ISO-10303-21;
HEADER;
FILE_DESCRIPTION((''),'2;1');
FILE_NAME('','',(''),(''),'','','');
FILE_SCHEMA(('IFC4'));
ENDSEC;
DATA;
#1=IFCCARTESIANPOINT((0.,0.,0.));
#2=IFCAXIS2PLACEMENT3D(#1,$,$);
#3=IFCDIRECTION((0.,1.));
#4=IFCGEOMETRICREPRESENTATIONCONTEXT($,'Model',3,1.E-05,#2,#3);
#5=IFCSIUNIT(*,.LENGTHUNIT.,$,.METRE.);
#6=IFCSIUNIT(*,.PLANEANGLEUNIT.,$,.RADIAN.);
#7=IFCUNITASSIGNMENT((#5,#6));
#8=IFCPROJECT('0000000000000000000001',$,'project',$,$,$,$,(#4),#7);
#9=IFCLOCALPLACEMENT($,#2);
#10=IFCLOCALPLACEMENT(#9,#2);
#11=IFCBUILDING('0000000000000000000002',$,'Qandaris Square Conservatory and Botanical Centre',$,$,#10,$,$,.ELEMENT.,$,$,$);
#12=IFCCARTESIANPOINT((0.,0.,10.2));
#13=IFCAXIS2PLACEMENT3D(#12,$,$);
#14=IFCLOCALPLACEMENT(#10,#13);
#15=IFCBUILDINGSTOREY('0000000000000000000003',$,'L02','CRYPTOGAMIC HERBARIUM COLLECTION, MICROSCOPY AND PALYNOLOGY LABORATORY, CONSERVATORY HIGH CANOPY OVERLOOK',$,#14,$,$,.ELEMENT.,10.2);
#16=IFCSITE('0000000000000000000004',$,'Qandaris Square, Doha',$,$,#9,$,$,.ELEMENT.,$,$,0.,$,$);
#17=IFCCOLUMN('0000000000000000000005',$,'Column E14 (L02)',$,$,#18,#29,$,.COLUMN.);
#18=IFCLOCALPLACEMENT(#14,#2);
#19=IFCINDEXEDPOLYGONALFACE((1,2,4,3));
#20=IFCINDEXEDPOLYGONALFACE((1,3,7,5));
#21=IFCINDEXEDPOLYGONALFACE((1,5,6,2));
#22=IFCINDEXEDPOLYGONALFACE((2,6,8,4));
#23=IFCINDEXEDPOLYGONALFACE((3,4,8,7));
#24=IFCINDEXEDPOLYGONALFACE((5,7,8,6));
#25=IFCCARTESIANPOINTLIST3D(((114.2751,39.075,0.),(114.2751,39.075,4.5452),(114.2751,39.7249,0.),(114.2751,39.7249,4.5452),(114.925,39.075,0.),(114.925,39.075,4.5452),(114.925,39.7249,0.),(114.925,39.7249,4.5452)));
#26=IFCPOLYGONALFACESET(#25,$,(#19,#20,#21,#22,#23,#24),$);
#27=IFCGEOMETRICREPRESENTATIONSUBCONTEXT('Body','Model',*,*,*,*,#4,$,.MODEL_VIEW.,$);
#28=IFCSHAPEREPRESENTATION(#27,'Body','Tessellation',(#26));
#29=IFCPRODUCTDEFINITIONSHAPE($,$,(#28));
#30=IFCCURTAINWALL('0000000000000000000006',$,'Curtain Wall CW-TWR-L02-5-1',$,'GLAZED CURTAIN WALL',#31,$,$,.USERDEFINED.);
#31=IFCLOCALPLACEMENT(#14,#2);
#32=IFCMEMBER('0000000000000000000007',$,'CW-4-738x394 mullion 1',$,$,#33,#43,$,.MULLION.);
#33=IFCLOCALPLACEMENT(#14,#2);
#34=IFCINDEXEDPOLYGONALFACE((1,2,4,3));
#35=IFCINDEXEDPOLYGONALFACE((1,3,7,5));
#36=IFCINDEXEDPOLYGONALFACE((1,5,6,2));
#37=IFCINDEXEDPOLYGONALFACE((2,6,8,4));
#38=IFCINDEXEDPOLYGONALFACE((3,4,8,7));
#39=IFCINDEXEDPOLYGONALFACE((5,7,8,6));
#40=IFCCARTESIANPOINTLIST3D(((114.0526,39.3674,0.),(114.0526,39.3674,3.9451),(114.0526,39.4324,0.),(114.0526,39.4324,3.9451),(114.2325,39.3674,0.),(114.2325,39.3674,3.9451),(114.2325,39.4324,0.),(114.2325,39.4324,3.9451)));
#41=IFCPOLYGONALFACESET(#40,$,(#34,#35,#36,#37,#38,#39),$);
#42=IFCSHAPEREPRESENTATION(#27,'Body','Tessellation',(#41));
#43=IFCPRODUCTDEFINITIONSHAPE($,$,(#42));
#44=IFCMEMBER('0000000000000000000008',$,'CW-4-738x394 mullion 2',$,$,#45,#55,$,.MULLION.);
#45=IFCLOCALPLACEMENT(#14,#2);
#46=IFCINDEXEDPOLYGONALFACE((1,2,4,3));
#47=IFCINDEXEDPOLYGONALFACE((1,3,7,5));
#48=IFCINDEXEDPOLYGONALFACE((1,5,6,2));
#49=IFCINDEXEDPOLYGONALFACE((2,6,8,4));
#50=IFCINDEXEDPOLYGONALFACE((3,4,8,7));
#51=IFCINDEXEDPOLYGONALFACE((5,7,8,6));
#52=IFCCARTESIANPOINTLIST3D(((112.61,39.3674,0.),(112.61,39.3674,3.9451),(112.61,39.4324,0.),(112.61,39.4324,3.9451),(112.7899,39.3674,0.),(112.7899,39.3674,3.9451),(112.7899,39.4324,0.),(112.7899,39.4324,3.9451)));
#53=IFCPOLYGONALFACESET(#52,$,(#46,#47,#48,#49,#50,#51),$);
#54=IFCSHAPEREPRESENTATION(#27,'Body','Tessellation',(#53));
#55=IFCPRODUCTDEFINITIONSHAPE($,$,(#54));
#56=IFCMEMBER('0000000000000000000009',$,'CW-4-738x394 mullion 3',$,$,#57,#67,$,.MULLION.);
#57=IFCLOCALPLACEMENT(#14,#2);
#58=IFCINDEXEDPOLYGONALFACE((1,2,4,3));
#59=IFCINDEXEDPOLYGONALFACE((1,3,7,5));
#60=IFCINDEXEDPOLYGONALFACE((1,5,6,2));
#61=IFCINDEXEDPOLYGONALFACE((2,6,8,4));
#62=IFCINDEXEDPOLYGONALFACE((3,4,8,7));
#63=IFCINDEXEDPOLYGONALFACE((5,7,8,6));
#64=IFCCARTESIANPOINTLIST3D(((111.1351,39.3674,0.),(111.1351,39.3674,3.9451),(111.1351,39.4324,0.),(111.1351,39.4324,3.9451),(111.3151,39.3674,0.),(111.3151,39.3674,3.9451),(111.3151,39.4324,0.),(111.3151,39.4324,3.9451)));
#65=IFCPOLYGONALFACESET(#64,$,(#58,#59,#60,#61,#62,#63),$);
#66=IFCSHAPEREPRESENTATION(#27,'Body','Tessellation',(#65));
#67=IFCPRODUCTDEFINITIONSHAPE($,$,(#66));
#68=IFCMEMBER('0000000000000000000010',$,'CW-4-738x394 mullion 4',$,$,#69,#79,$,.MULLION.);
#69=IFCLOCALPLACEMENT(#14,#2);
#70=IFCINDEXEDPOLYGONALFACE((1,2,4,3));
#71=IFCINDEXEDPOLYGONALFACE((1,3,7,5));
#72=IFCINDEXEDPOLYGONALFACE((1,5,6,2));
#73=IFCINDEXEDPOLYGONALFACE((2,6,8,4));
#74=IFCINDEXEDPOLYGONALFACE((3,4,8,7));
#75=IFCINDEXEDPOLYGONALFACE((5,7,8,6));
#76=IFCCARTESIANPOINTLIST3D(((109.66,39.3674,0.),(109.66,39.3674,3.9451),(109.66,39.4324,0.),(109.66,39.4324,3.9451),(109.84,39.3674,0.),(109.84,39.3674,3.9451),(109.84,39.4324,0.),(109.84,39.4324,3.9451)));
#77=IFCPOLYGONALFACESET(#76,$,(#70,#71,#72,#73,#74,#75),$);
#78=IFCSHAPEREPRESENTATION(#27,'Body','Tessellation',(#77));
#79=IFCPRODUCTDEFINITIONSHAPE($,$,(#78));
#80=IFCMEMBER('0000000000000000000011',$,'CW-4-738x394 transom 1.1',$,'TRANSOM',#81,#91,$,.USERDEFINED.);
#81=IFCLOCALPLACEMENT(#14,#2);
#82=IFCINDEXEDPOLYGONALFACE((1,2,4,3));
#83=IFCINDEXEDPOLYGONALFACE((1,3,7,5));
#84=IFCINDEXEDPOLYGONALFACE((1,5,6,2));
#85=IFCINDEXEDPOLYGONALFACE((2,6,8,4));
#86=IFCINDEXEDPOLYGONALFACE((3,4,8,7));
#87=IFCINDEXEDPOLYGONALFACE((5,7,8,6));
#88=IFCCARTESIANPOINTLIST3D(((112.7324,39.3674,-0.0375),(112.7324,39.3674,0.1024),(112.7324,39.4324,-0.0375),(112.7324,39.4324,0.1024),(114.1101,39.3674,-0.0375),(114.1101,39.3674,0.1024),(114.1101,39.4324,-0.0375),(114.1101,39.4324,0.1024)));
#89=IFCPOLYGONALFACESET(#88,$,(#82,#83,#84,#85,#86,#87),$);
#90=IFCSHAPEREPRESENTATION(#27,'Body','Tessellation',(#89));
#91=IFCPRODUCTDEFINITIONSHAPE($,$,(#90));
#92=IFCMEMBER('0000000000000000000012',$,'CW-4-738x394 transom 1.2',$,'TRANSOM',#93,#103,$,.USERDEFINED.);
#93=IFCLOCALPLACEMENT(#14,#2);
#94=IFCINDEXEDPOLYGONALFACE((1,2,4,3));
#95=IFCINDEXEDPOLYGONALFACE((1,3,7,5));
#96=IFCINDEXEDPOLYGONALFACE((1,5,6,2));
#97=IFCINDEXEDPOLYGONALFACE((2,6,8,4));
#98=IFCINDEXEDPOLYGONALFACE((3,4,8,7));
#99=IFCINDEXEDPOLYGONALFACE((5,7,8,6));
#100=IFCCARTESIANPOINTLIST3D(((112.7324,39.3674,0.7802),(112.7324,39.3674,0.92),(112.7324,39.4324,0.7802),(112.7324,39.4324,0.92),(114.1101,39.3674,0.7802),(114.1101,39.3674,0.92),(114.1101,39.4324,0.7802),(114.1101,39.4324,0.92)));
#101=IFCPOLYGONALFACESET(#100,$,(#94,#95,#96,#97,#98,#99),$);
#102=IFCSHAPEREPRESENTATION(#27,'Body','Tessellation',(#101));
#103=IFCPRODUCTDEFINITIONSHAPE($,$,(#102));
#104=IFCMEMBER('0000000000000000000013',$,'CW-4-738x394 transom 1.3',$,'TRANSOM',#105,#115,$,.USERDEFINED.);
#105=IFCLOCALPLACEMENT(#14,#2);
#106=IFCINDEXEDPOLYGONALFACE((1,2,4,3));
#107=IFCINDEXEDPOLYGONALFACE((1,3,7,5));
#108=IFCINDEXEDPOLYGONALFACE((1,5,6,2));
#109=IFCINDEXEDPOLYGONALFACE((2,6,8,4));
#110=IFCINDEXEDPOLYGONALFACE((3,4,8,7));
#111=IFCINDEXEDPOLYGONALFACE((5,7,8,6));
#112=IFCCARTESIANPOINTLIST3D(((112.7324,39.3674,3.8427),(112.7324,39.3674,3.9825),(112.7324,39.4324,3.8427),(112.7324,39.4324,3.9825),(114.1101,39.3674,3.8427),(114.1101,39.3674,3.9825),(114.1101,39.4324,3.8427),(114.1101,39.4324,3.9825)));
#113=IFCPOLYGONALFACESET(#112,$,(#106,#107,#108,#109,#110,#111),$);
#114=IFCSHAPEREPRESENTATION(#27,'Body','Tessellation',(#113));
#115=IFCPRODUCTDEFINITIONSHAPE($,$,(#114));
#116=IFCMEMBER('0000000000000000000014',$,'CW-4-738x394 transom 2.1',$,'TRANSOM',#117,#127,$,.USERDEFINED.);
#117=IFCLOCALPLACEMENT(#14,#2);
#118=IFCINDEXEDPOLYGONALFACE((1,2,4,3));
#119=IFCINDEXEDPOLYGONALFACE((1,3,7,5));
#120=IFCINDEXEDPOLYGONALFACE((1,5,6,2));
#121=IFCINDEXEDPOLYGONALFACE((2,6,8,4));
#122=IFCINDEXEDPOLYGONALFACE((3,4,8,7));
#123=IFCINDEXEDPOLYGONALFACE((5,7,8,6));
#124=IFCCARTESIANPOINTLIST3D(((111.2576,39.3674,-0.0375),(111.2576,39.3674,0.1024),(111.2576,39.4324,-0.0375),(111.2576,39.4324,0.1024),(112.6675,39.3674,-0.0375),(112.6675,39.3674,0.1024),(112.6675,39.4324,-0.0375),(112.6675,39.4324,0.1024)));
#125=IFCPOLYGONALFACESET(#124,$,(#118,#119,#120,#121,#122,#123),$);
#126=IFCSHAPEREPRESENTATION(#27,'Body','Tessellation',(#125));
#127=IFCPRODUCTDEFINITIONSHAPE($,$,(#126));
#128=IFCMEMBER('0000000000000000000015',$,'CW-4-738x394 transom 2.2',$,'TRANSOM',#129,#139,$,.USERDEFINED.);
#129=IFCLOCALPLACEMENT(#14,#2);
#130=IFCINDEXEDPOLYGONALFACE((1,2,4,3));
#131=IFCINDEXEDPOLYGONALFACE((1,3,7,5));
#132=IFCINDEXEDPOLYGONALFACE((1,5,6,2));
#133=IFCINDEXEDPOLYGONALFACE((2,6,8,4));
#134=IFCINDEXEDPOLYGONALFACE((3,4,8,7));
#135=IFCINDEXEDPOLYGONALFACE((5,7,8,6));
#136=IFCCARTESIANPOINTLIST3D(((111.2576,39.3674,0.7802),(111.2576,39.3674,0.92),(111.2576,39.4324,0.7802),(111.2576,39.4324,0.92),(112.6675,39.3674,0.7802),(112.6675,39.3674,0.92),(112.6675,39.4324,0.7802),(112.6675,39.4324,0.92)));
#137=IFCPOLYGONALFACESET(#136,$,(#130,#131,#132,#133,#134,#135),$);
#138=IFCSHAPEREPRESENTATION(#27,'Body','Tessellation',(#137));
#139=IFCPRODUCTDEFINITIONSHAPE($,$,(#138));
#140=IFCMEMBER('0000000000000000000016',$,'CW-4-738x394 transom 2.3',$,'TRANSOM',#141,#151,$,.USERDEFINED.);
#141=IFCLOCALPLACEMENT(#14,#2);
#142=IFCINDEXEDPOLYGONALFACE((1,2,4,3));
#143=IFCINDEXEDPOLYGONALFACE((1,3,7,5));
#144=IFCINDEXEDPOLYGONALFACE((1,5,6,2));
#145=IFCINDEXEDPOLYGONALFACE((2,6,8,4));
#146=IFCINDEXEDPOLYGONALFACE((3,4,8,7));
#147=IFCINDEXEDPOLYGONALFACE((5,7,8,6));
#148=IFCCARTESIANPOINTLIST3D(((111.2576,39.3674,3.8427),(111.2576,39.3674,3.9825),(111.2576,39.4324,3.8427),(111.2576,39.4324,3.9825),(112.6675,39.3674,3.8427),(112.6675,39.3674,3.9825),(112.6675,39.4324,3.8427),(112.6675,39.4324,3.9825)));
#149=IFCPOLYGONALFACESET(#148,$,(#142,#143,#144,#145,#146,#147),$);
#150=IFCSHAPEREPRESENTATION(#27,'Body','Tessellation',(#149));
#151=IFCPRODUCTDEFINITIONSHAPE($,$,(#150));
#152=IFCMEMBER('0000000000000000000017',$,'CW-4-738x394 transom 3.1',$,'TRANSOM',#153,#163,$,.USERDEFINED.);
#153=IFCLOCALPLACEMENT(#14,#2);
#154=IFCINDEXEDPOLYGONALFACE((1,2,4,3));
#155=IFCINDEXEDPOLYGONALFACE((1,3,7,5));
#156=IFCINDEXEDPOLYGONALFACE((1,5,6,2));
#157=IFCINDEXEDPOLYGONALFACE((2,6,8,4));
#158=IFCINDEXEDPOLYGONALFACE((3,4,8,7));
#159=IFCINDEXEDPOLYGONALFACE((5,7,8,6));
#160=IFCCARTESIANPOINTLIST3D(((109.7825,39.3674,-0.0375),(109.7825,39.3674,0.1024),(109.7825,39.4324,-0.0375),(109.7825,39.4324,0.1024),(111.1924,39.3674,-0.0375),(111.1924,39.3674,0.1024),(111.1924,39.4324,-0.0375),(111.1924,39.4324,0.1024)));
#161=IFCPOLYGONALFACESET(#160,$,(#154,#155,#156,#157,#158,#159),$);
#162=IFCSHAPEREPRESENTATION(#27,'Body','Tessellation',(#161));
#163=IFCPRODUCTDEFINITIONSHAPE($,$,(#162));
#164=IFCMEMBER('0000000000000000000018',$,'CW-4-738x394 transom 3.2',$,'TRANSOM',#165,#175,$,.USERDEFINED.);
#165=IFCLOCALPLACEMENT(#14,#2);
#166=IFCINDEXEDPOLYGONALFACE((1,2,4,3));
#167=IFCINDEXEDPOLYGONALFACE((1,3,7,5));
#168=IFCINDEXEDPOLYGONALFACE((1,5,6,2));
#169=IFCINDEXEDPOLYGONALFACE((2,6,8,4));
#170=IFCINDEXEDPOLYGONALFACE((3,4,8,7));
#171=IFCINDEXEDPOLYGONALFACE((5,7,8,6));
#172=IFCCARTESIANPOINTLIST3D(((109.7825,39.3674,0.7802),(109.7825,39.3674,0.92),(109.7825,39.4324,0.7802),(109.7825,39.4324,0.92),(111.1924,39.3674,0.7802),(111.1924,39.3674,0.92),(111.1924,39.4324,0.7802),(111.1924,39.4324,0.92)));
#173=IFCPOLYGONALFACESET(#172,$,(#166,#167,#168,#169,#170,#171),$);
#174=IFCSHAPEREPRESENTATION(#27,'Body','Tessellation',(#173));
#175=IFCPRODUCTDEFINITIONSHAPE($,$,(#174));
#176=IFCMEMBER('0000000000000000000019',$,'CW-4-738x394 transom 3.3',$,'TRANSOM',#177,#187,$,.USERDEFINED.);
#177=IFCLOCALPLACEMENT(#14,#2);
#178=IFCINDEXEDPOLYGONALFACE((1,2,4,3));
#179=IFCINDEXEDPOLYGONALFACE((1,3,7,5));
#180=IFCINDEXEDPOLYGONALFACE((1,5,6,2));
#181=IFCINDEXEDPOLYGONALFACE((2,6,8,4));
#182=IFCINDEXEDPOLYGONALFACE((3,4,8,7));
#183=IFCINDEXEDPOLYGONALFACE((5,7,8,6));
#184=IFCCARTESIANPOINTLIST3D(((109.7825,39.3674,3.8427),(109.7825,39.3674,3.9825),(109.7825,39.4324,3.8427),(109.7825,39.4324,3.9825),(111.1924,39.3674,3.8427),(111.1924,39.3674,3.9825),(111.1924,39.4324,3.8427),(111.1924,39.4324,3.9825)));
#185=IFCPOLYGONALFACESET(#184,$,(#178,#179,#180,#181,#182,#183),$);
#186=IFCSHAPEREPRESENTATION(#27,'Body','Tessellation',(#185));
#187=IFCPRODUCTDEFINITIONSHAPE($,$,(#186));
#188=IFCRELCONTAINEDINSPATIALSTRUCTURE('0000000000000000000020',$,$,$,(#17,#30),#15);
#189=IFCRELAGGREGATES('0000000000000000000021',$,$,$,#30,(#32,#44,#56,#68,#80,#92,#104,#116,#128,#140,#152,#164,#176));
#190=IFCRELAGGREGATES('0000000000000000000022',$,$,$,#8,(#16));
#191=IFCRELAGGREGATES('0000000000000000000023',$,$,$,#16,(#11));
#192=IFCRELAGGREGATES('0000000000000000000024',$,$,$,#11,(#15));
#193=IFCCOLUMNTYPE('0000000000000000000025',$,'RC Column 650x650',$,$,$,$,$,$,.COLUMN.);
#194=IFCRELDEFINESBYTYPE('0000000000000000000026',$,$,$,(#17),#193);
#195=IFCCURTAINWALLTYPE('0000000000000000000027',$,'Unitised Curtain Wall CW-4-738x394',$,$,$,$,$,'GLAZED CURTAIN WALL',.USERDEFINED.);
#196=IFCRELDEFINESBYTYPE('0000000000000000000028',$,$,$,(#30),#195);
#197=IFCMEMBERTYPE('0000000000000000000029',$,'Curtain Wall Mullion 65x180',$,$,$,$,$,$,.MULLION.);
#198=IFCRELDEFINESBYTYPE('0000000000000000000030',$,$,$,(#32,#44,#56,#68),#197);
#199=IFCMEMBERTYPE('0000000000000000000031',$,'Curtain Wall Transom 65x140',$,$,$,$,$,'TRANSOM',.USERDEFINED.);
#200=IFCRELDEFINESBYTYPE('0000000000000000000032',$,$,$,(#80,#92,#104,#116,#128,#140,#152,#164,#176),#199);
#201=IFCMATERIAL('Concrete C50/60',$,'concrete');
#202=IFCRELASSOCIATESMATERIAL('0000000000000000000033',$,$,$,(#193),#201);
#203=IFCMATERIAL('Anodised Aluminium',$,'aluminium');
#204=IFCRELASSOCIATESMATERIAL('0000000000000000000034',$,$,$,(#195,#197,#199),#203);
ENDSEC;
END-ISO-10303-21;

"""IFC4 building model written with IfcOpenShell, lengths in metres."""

from ifc_helpers import new_model, si_unit, direction, frame, origin, origin_2d, place, context, subcontext, project, spatial, rectangle, extrude, material, material_profile, profile_set, type_object, element, aggregate, save


model = new_model("IFC4")

# Units and contexts
model_context = context("Model", 3, precision=1e-05, world=origin(), true_north=direction((0.0, 1.0)))
body_context = subcontext(model_context, "Body", "Model", "MODEL_VIEW")
ifc_project = project(units=[si_unit("LENGTHUNIT", "METRE"), si_unit("PLANEANGLEUNIT", "RADIAN")], contexts=[model_context])

# Site, building, storey
site_placement = place(None, origin())
site = spatial("IfcSite", under=ifc_project, at=site_placement, Name="Qandaris Square, Doha", CompositionType="ELEMENT", RefElevation=0.0)
building_placement = place(site_placement, origin())
building = spatial("IfcBuilding", under=site, at=building_placement, Name="Qandaris Square Conservatory and Botanical Centre", CompositionType="ELEMENT")
storey_placement = place(building_placement, frame((0.0, 0.0, 10.2)))
storey = spatial("IfcBuildingStorey", under=building, at=storey_placement, Name="L02", Description="CRYPTOGAMIC HERBARIUM COLLECTION, MICROSCOPY AND PALYNOLOGY LABORATORY, CONSERVATORY HIGH CANOPY OVERLOOK", CompositionType="ELEMENT", Elevation=10.2)

# Column
ifc_material_1 = material(Name="Concrete C50/60", Category="concrete")
ifc_material_profile_1 = material_profile(ifc_material_1, rectangle(XDim=0.6499, YDim=0.6499, at=origin_2d()), Name="RC-COL 650x650")
ifc_profile_set_1 = profile_set([ifc_material_profile_1], Name="Concrete C50/60")
column_type = type_object("IfcColumnType", Name="RC Column 650x650", PredefinedType="COLUMN", material=ifc_profile_set_1)
column_placement = place(storey_placement, frame((114.6001, 39.3999, 0.0), z_axis=(0.0, 0.0, 1.0), x_axis=(1.0, 0.0, 0.0)))
element("IfcColumn", 1, at=column_placement, inside=storey, type_object=column_type, Name="Column E14 (L02)", PredefinedType="COLUMN", context=body_context, shape_type="SweptSolid", body=[
    extrude(rectangle(XDim=0.6499, YDim=0.6499, at=origin_2d()), origin(), (0.0, 0.0, 1.0), 4.5452),
])

# Curtain wall, members
ifc_material_2 = material(Name="Anodised Aluminium", Category="aluminium")
curtain_wall_type = type_object("IfcCurtainWallType", Name="Unitised Curtain Wall CW-4-738x394", ElementType="GLAZED CURTAIN WALL", PredefinedType="USERDEFINED", material=ifc_material_2)
curtain_wall_placement = place(storey_placement, origin())
curtain_wall = element("IfcCurtainWall", 2, at=curtain_wall_placement, inside=storey, type_object=curtain_wall_type, Name="Curtain Wall CW-TWR-L02-5-1", ObjectType="GLAZED CURTAIN WALL", PredefinedType="USERDEFINED")
ifc_material_profile_2 = material_profile(ifc_material_2, rectangle(XDim=0.0649, YDim=0.1799, at=origin_2d()), Name="ALU-MUL 65x180")
ifc_profile_set_2 = profile_set([ifc_material_profile_2], Name="Anodised Aluminium")
member_type_1 = type_object("IfcMemberType", Name="Curtain Wall Mullion 65x180", PredefinedType="MULLION", material=ifc_profile_set_2)
member_1_placement = place(storey_placement, frame((114.1426, 39.3999, 0.0), z_axis=(0.0, 0.0, 1.0), x_axis=(0.0, -1.0, 0.0)))
member_1 = element("IfcMember", 3, at=member_1_placement, type_object=member_type_1, Name="CW-4-738x394 mullion 1", PredefinedType="MULLION", context=body_context, shape_type="SweptSolid", body=[
    extrude(rectangle(XDim=0.0649, YDim=0.1799, at=origin_2d()), origin(), (0.0, 0.0, 1.0), 3.9451),
])
member_2_placement = place(storey_placement, frame((112.7, 39.3999, 0.0), z_axis=(0.0, 0.0, 1.0), x_axis=(0.0, -1.0, 0.0)))
member_2 = element("IfcMember", 4, at=member_2_placement, type_object=member_type_1, Name="CW-4-738x394 mullion 2", PredefinedType="MULLION", context=body_context, shape_type="SweptSolid", body=[
    extrude(rectangle(XDim=0.0649, YDim=0.1799, at=origin_2d()), origin(), (0.0, 0.0, 1.0), 3.9451),
])
member_3_placement = place(storey_placement, frame((111.2251, 39.3999, 0.0), z_axis=(0.0, 0.0, 1.0), x_axis=(0.0, -1.0, 0.0)))
member_3 = element("IfcMember", 5, at=member_3_placement, type_object=member_type_1, Name="CW-4-738x394 mullion 3", PredefinedType="MULLION", context=body_context, shape_type="SweptSolid", body=[
    extrude(rectangle(XDim=0.0649, YDim=0.1799, at=origin_2d()), origin(), (0.0, 0.0, 1.0), 3.9451),
])
member_4_placement = place(storey_placement, frame((109.75, 39.3999, 0.0), z_axis=(0.0, 0.0, 1.0), x_axis=(0.0, -1.0, 0.0)))
member_4 = element("IfcMember", 6, at=member_4_placement, type_object=member_type_1, Name="CW-4-738x394 mullion 4", PredefinedType="MULLION", context=body_context, shape_type="SweptSolid", body=[
    extrude(rectangle(XDim=0.0649, YDim=0.1799, at=origin_2d()), origin(), (0.0, 0.0, 1.0), 3.9451),
])
ifc_material_profile_3 = material_profile(ifc_material_2, rectangle(XDim=0.0649, YDim=0.1399, at=origin_2d()), Name="ALU-TRN 65x140")
ifc_profile_set_3 = profile_set([ifc_material_profile_3], Name="Anodised Aluminium")
member_type_2 = type_object("IfcMemberType", Name="Curtain Wall Transom 65x140", ElementType="TRANSOM", PredefinedType="USERDEFINED", material=ifc_profile_set_3)
member_5_placement = place(storey_placement, frame((114.1101, 39.3999, 0.0325), z_axis=(-1.0, 0.0, 0.0), x_axis=(0.0, -1.0, 0.0)))
member_5 = element("IfcMember", 7, at=member_5_placement, type_object=member_type_2, Name="CW-4-738x394 transom 1.1", ObjectType="TRANSOM", PredefinedType="USERDEFINED", context=body_context, shape_type="SweptSolid", body=[
    extrude(rectangle(XDim=0.0649, YDim=0.1399, at=origin_2d()), origin(), (0.0, 0.0, 1.0), 1.3777),
])
member_6_placement = place(storey_placement, frame((114.1101, 39.3999, 0.8501), z_axis=(-1.0, 0.0, 0.0), x_axis=(0.0, -1.0, 0.0)))
member_6 = element("IfcMember", 8, at=member_6_placement, type_object=member_type_2, Name="CW-4-738x394 transom 1.2", ObjectType="TRANSOM", PredefinedType="USERDEFINED", context=body_context, shape_type="SweptSolid", body=[
    extrude(rectangle(XDim=0.0649, YDim=0.1399, at=origin_2d()), origin(), (0.0, 0.0, 1.0), 1.3777),
])
member_7_placement = place(storey_placement, frame((114.1101, 39.3999, 3.9126), z_axis=(-1.0, 0.0, 0.0), x_axis=(0.0, -1.0, 0.0)))
member_7 = element("IfcMember", 9, at=member_7_placement, type_object=member_type_2, Name="CW-4-738x394 transom 1.3", ObjectType="TRANSOM", PredefinedType="USERDEFINED", context=body_context, shape_type="SweptSolid", body=[
    extrude(rectangle(XDim=0.0649, YDim=0.1399, at=origin_2d()), origin(), (0.0, 0.0, 1.0), 1.3777),
])
member_8_placement = place(storey_placement, frame((112.6675, 39.3999, 0.0325), z_axis=(-1.0, 0.0, 0.0), x_axis=(0.0, -1.0, 0.0)))
member_8 = element("IfcMember", 10, at=member_8_placement, type_object=member_type_2, Name="CW-4-738x394 transom 2.1", ObjectType="TRANSOM", PredefinedType="USERDEFINED", context=body_context, shape_type="SweptSolid", body=[
    extrude(rectangle(XDim=0.0649, YDim=0.1399, at=origin_2d()), origin(), (0.0, 0.0, 1.0), 1.4099),
])
member_9_placement = place(storey_placement, frame((112.6675, 39.3999, 0.8501), z_axis=(-1.0, 0.0, 0.0), x_axis=(0.0, -1.0, 0.0)))
member_9 = element("IfcMember", 11, at=member_9_placement, type_object=member_type_2, Name="CW-4-738x394 transom 2.2", ObjectType="TRANSOM", PredefinedType="USERDEFINED", context=body_context, shape_type="SweptSolid", body=[
    extrude(rectangle(XDim=0.0649, YDim=0.1399, at=origin_2d()), origin(), (0.0, 0.0, 1.0), 1.4099),
])
member_10_placement = place(storey_placement, frame((112.6675, 39.3999, 3.9126), z_axis=(-1.0, 0.0, 0.0), x_axis=(0.0, -1.0, 0.0)))
member_10 = element("IfcMember", 12, at=member_10_placement, type_object=member_type_2, Name="CW-4-738x394 transom 2.3", ObjectType="TRANSOM", PredefinedType="USERDEFINED", context=body_context, shape_type="SweptSolid", body=[
    extrude(rectangle(XDim=0.0649, YDim=0.1399, at=origin_2d()), origin(), (0.0, 0.0, 1.0), 1.4099),
])
member_11_placement = place(storey_placement, frame((111.1924, 39.3999, 0.0325), z_axis=(-1.0, 0.0, 0.0), x_axis=(0.0, -1.0, 0.0)))
member_11 = element("IfcMember", 13, at=member_11_placement, type_object=member_type_2, Name="CW-4-738x394 transom 3.1", ObjectType="TRANSOM", PredefinedType="USERDEFINED", context=body_context, shape_type="SweptSolid", body=[
    extrude(rectangle(XDim=0.0649, YDim=0.1399, at=origin_2d()), origin(), (0.0, 0.0, 1.0), 1.4099),
])
member_12_placement = place(storey_placement, frame((111.1924, 39.3999, 0.8501), z_axis=(-1.0, 0.0, 0.0), x_axis=(0.0, -1.0, 0.0)))
member_12 = element("IfcMember", 14, at=member_12_placement, type_object=member_type_2, Name="CW-4-738x394 transom 3.2", ObjectType="TRANSOM", PredefinedType="USERDEFINED", context=body_context, shape_type="SweptSolid", body=[
    extrude(rectangle(XDim=0.0649, YDim=0.1399, at=origin_2d()), origin(), (0.0, 0.0, 1.0), 1.4099),
])
member_13_placement = place(storey_placement, frame((111.1924, 39.3999, 3.9126), z_axis=(-1.0, 0.0, 0.0), x_axis=(0.0, -1.0, 0.0)))
member_13 = element("IfcMember", 15, at=member_13_placement, type_object=member_type_2, Name="CW-4-738x394 transom 3.3", ObjectType="TRANSOM", PredefinedType="USERDEFINED", context=body_context, shape_type="SweptSolid", body=[
    extrude(rectangle(XDim=0.0649, YDim=0.1399, at=origin_2d()), origin(), (0.0, 0.0, 1.0), 1.4099),
])

aggregate(curtain_wall, [member_1, member_2, member_3, member_4, member_5, member_6, member_7, member_8, member_9, member_10, member_11, member_12, member_13])

save(model, "model.ifc")
